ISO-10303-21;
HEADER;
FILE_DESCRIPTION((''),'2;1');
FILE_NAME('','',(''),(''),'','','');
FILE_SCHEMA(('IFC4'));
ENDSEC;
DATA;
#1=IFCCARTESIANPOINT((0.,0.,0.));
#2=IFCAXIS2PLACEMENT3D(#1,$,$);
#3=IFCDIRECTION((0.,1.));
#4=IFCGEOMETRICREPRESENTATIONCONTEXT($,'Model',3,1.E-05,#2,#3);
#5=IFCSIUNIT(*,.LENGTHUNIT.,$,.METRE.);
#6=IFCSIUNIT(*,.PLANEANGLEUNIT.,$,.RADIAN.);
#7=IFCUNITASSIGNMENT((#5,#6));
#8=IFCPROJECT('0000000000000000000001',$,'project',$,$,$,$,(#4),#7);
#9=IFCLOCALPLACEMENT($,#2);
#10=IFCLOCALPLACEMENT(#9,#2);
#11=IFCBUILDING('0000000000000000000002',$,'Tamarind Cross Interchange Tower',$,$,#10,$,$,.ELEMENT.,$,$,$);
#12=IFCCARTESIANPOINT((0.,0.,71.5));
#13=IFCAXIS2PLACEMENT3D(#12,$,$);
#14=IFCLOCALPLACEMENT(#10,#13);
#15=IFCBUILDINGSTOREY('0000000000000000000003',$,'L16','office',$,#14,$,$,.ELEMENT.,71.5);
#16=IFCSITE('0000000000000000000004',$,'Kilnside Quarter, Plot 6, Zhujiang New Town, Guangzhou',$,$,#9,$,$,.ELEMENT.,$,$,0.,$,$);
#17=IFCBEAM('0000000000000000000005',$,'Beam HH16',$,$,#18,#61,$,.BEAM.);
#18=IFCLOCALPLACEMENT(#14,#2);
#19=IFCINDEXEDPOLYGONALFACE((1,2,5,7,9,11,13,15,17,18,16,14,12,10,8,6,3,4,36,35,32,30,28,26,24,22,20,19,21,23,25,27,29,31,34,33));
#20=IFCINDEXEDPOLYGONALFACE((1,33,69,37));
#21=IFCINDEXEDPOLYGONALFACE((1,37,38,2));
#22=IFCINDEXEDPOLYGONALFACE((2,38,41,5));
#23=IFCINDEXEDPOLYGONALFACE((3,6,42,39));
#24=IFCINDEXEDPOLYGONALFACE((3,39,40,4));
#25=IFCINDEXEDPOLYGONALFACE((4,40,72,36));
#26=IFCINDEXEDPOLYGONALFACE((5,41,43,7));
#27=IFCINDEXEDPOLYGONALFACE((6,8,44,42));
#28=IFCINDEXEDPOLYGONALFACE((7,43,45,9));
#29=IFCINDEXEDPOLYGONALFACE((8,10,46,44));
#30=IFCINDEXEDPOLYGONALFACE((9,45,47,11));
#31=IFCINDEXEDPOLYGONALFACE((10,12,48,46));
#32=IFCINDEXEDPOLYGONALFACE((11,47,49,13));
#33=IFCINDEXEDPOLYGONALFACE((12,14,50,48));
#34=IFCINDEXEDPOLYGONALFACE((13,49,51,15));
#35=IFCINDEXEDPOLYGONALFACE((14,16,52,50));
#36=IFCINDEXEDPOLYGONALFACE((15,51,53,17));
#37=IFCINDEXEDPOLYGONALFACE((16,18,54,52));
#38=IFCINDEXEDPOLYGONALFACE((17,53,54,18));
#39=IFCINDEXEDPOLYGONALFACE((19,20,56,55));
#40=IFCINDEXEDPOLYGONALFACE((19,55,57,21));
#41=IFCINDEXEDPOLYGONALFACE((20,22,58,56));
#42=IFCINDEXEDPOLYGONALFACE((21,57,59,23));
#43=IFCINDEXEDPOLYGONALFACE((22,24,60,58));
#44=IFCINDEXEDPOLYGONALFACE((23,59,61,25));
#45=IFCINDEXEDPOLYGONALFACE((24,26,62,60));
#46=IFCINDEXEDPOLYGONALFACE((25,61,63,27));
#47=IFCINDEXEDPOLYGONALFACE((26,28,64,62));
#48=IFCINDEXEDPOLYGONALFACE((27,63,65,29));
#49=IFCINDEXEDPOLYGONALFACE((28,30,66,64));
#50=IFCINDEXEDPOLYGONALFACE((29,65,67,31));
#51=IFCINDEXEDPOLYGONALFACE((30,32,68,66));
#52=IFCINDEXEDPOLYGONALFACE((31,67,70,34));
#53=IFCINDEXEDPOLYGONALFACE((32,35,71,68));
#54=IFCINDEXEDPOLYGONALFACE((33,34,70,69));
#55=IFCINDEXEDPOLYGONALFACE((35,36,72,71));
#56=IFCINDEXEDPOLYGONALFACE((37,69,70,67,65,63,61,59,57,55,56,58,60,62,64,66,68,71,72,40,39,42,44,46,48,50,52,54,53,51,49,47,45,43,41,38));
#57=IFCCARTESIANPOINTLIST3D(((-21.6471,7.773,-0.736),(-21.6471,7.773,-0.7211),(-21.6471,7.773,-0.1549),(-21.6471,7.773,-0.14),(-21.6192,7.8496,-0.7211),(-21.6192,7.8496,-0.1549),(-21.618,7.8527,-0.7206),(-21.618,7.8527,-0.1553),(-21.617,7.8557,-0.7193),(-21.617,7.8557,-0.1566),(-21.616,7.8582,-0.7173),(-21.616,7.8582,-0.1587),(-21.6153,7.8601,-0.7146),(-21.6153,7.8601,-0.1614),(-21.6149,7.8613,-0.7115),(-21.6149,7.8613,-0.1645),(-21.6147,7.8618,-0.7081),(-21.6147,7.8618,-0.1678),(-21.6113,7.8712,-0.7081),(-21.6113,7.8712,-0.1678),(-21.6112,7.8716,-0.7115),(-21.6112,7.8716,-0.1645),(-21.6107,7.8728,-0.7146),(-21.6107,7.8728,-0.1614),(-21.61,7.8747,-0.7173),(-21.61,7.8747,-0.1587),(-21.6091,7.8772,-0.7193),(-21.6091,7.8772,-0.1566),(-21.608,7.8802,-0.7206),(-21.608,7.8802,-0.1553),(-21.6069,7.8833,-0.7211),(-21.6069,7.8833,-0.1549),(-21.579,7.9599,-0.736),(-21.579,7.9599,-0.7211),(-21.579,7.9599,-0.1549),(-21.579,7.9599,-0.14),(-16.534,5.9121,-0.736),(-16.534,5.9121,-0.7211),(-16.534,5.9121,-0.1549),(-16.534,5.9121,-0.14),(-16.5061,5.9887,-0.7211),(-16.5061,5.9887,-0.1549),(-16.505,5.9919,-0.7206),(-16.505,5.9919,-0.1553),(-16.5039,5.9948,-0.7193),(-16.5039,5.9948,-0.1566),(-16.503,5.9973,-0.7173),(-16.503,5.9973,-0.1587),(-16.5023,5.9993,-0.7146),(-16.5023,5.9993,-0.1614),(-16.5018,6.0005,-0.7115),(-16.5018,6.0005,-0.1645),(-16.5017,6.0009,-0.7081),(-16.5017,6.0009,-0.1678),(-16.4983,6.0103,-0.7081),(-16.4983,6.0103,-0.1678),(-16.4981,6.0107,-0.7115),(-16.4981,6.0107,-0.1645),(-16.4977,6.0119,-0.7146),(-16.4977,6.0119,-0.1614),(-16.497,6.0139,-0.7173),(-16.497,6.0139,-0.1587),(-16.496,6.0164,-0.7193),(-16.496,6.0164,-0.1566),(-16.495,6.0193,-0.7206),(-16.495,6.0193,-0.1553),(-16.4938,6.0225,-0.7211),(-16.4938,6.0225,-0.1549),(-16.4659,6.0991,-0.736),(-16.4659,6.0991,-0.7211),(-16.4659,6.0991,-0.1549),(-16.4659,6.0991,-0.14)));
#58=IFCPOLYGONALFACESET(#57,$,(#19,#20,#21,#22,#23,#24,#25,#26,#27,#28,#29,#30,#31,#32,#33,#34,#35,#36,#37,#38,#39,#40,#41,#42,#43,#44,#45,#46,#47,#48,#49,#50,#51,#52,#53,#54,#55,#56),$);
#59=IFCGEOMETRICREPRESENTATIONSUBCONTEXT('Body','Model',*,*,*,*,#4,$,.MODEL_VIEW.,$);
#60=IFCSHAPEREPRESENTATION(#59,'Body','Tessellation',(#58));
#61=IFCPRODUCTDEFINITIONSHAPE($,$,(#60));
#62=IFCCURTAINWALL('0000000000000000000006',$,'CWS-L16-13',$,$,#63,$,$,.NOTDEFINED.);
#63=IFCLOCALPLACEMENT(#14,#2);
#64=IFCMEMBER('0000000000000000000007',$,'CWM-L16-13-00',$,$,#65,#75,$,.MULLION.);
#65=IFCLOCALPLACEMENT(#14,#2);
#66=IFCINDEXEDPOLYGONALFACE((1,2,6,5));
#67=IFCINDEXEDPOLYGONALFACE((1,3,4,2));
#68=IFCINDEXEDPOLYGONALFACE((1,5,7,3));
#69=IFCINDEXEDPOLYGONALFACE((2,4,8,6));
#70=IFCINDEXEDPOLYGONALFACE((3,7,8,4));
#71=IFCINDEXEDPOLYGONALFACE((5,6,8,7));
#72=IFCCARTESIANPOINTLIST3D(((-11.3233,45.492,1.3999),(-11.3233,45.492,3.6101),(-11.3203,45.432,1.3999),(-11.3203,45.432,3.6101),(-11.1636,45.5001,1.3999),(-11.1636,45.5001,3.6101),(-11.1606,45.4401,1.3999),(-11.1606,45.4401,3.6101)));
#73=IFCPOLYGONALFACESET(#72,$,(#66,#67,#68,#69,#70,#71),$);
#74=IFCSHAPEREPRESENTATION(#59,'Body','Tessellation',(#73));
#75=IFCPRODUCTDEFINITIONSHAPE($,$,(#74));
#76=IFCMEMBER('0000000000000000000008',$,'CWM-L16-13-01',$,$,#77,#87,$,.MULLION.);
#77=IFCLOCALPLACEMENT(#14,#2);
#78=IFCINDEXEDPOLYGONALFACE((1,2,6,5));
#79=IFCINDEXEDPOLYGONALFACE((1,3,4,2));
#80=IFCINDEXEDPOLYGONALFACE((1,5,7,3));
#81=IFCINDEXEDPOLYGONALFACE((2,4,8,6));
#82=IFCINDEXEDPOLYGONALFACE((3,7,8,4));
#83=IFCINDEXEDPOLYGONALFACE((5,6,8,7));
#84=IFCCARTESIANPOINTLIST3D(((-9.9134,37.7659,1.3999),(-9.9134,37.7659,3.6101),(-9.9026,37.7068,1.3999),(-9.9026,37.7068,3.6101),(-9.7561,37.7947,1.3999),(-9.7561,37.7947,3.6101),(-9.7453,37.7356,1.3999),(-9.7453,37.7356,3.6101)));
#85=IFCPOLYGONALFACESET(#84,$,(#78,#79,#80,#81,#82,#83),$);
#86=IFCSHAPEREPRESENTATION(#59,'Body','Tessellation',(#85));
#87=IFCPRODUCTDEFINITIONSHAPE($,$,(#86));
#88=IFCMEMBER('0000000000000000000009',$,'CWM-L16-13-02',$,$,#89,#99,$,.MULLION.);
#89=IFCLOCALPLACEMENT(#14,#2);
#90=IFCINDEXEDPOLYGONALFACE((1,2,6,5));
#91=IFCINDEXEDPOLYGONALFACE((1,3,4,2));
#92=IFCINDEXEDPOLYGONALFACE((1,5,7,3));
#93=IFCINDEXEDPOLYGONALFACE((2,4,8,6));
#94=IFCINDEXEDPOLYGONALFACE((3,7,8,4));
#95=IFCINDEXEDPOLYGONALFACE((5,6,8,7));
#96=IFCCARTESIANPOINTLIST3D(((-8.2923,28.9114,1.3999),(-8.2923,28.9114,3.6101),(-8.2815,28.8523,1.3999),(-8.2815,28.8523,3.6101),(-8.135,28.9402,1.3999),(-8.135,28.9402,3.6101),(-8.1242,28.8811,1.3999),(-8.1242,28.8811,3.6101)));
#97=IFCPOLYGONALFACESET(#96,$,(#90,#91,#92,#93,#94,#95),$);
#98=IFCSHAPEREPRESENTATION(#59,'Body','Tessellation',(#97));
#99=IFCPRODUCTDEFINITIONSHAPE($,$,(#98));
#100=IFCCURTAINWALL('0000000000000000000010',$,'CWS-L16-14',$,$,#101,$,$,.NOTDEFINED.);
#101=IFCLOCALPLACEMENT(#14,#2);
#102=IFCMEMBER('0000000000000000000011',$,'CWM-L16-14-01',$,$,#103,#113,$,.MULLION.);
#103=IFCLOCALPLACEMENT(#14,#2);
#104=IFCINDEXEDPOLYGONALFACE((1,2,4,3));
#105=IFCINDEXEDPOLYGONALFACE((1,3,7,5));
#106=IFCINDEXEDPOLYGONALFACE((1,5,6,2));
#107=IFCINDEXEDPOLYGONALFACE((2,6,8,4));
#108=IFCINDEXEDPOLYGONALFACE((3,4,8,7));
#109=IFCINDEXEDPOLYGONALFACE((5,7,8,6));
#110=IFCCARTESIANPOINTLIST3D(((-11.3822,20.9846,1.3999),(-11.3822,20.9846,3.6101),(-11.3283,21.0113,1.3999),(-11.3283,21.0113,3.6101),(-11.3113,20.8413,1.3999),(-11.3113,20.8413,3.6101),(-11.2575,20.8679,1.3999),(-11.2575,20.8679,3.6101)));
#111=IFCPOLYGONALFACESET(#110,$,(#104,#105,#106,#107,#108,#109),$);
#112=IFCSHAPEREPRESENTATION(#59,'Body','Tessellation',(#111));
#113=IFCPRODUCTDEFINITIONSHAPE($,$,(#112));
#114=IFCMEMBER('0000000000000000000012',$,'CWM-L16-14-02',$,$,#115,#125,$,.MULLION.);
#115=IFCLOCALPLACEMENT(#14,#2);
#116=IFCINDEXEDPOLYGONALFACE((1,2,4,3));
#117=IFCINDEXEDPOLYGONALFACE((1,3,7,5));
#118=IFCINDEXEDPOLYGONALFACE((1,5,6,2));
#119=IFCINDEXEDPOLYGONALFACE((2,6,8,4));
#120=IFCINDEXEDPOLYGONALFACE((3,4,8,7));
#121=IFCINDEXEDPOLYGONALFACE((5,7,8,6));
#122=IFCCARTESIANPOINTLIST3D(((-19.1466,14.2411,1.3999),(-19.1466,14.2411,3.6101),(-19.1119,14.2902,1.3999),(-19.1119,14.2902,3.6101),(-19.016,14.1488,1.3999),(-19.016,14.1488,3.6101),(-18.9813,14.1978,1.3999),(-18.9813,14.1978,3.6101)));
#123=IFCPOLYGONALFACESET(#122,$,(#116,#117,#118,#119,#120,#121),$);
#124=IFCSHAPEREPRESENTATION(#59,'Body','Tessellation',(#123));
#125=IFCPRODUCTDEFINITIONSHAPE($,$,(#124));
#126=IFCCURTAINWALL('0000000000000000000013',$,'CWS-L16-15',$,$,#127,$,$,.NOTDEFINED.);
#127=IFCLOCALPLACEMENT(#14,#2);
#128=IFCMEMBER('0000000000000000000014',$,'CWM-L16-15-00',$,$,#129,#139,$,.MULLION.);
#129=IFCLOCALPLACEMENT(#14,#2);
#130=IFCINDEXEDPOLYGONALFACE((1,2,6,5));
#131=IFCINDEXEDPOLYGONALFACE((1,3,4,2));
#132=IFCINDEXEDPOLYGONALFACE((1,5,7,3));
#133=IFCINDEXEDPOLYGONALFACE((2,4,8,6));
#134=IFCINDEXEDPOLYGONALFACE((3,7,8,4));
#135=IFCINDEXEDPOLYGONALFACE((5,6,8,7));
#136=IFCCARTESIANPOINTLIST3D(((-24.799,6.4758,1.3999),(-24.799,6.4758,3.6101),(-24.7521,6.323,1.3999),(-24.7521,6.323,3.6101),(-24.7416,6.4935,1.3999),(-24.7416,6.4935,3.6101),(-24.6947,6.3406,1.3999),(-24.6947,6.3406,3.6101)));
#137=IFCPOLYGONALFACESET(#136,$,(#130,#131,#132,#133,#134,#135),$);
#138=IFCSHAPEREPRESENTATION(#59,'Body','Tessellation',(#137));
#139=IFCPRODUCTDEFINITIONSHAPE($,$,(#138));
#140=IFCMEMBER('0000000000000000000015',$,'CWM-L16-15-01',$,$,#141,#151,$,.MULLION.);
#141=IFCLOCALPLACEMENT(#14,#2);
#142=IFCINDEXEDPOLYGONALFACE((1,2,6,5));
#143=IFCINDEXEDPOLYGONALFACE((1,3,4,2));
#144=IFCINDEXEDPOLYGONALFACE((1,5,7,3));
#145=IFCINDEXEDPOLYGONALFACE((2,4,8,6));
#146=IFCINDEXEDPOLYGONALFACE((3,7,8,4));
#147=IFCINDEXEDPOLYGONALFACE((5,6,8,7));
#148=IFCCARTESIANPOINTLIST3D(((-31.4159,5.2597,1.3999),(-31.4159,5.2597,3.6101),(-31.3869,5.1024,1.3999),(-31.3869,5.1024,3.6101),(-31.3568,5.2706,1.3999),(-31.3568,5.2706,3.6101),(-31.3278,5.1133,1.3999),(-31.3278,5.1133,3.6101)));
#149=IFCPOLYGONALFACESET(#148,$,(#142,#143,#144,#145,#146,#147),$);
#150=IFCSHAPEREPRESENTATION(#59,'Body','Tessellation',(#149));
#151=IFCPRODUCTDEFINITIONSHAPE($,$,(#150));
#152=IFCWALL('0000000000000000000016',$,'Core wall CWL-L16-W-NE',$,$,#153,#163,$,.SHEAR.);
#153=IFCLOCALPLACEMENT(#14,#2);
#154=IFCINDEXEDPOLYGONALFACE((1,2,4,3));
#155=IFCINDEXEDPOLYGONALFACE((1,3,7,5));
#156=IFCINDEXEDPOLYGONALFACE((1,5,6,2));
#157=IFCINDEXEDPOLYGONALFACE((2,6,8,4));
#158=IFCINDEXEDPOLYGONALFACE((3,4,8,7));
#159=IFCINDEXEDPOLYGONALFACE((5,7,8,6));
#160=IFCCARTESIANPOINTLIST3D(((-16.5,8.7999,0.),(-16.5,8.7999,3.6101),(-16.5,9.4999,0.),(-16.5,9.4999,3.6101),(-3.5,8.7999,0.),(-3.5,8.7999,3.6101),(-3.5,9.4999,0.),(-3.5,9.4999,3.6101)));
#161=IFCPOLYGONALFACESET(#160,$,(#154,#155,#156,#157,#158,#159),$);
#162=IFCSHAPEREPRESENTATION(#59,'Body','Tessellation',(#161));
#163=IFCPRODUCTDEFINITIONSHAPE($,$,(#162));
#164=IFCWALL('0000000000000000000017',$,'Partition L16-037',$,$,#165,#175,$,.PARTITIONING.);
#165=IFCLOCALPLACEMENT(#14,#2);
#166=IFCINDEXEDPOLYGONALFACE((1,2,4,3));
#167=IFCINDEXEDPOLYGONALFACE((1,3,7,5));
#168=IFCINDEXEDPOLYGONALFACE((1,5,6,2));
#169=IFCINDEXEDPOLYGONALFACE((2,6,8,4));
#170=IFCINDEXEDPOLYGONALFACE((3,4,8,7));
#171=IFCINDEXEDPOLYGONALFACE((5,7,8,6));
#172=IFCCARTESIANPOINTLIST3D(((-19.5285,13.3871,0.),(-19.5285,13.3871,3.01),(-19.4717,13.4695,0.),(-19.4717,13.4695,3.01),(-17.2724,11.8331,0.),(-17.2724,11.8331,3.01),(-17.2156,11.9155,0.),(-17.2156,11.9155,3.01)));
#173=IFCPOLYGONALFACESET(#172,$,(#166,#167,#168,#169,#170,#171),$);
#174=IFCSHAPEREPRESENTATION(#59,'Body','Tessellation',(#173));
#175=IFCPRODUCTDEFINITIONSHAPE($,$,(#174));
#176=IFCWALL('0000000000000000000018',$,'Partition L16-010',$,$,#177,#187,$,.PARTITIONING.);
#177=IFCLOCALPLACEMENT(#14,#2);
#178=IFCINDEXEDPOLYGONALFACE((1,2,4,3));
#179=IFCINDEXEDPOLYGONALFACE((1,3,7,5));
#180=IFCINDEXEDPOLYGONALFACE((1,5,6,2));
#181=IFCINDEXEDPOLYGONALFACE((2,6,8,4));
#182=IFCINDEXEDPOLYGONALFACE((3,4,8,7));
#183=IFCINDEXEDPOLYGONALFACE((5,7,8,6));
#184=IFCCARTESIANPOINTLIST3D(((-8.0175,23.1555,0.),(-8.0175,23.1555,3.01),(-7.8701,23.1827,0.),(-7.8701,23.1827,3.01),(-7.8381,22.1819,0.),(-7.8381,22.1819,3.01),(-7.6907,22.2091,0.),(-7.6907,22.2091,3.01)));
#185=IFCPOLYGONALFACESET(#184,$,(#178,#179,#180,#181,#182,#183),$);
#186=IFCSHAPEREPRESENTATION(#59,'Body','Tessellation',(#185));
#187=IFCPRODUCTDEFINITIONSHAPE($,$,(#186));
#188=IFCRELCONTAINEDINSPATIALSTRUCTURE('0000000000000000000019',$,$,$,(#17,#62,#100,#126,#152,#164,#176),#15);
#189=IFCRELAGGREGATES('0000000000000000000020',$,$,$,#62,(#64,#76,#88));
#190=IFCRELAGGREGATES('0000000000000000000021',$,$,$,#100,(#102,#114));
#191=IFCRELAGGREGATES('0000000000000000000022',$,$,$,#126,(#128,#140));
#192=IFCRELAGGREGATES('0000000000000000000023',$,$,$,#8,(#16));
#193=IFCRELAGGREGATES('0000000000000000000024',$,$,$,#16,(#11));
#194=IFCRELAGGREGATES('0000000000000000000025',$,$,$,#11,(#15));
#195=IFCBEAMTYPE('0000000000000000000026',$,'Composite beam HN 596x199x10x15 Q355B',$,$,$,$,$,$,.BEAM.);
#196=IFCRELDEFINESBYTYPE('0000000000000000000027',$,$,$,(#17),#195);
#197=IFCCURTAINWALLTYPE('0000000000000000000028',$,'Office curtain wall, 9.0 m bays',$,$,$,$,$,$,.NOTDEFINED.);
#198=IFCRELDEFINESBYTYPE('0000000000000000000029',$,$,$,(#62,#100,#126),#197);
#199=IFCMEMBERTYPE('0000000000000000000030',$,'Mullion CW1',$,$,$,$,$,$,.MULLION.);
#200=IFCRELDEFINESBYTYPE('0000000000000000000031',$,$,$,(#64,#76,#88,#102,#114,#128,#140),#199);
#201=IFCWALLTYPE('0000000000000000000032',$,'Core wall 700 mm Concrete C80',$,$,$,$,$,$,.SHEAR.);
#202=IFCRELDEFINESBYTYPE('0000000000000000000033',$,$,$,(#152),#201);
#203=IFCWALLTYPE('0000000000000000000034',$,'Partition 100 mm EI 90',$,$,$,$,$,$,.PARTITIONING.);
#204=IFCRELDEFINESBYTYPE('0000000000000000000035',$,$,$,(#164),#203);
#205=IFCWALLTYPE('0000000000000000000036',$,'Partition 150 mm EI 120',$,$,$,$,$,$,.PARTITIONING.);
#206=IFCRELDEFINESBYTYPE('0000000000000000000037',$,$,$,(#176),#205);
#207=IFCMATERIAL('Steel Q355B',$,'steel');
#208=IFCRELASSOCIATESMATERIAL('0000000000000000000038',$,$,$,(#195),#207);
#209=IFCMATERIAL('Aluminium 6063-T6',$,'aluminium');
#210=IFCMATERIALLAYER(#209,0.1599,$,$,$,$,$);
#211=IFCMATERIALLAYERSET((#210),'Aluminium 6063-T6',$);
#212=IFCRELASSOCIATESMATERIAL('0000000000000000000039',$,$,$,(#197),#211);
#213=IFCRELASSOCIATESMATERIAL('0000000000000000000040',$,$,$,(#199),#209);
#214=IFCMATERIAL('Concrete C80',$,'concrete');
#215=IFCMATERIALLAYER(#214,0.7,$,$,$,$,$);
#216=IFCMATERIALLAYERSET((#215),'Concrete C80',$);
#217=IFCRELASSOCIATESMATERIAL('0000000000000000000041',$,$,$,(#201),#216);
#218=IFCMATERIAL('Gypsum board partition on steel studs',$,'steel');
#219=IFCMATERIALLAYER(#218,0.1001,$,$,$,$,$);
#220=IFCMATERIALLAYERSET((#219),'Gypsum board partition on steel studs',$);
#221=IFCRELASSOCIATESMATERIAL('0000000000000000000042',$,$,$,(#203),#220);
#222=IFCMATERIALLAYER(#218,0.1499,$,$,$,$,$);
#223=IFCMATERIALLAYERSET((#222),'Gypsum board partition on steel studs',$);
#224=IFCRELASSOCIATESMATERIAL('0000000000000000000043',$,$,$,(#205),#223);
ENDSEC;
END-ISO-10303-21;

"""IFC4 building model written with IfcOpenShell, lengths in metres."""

from ifc_helpers import new_model, si_unit, direction, frame, frame_2d, origin, origin_2d, place, context, subcontext, project, spatial, rectangle, i_section, extrude, material, layer, layer_set, material_profile, profile_set, type_object, element, aggregate, save


model = new_model("IFC4")

# Units and contexts
model_context = context("Model", 3, precision=1e-05, world=origin(), true_north=direction((0.0, 1.0)))
body_context = subcontext(model_context, "Body", "Model", "MODEL_VIEW")
ifc_project = project(units=[si_unit("LENGTHUNIT", "METRE"), si_unit("PLANEANGLEUNIT", "RADIAN")], contexts=[model_context])

# Site, building, storey
site_placement = place(None, origin())
site = spatial("IfcSite", under=ifc_project, at=site_placement, Name="Kilnside Quarter, Plot 6, Zhujiang New Town, Guangzhou", CompositionType="ELEMENT", RefElevation=0.0)
building_placement = place(site_placement, origin())
building = spatial("IfcBuilding", under=site, at=building_placement, Name="Tamarind Cross Interchange Tower", CompositionType="ELEMENT")
storey_placement = place(building_placement, frame((0.0, 0.0, 71.5)))
storey = spatial("IfcBuildingStorey", under=building, at=storey_placement, Name="L16", Description="office", CompositionType="ELEMENT", Elevation=71.5)

# Beam
ifc_material_1 = material(Name="Steel Q355B", Category="steel")
ifc_material_profile_1 = material_profile(ifc_material_1, i_section(OverallWidth=0.199, OverallDepth=0.5959, WebThickness=0.01, FlangeThickness=0.0149, FilletRadius=0.0129, at=origin_2d()), Name="HN 596x199x10x15")
ifc_profile_set_1 = profile_set([ifc_material_profile_1], Name="Steel Q355B")
beam_type_1 = type_object("IfcBeamType", Name="Composite beam HN 596x199x10x15 Q355B", PredefinedType="BEAM", material=ifc_profile_set_1)
beam_1_placement = place(storey_placement, frame((-21.613, 7.8665, -0.438), z_axis=(0.939702, -0.341995, 0.0), x_axis=(0.341995, 0.939702, 0.0)))
element("IfcBeam", 1, at=beam_1_placement, inside=storey, type_object=beam_type_1, Name="Beam HH16", PredefinedType="BEAM", context=body_context, shape_type="SweptSolid", body=[
    extrude(i_section(OverallWidth=0.199, OverallDepth=0.5959, WebThickness=0.01, FlangeThickness=0.0149, FilletRadius=0.0129, at=origin_2d()), origin(), (0.0, 0.0, 1.0), 5.4412),
])

# Curtain walls, members
ifc_material_2 = material(Name="Aluminium 6063-T6", Category="aluminium")
ifc_layer_1 = layer(ifc_material_2, 0.1599)
ifc_layer_set_1 = layer_set([ifc_layer_1], Name="Aluminium 6063-T6")
curtain_wall_type = type_object("IfcCurtainWallType", Name="Office curtain wall, 9.0 m bays", PredefinedType="NOTDEFINED", material=ifc_layer_set_1)
curtain_wall_1_placement = place(storey_placement, origin())
curtain_wall_1 = element("IfcCurtainWall", 2, at=curtain_wall_1_placement, inside=storey, type_object=curtain_wall_type, Name="CWS-L16-13", PredefinedType="NOTDEFINED")
ifc_material_profile_2 = material_profile(ifc_material_2, rectangle(XDim=0.0601, YDim=0.1599, at=origin_2d()), Name="Mullion CW1")
ifc_profile_set_2 = profile_set([ifc_material_profile_2], Name="Aluminium 6063-T6")
member_type = type_object("IfcMemberType", Name="Mullion CW1", PredefinedType="MULLION", material=ifc_profile_set_2)
member_1_placement = place(storey_placement, frame((-11.2419, 45.4661, 1.3999), z_axis=(0.0, 0.0, 1.0), x_axis=(0.050791, -0.998709, 0.0)))
member_1 = element("IfcMember", 3, at=member_1_placement, type_object=member_type, Name="CWM-L16-13-00", PredefinedType="MULLION", context=body_context, shape_type="SweptSolid", body=[
    extrude(rectangle(XDim=0.0601, YDim=0.1599, at=origin_2d()), origin(), (0.0, 0.0, 1.0), 2.2102),
])
member_2_placement = place(storey_placement, frame((-9.8293, 37.7507, 1.3999), z_axis=(0.0, 0.0, 1.0), x_axis=(0.180086, -0.983651, 0.0)))
member_2 = element("IfcMember", 4, at=member_2_placement, type_object=member_type, Name="CWM-L16-13-01", PredefinedType="MULLION", context=body_context, shape_type="SweptSolid", body=[
    extrude(rectangle(XDim=0.0601, YDim=0.1599, at=origin_2d()), origin(), (0.0, 0.0, 1.0), 2.2102),
])
member_3_placement = place(storey_placement, frame((-8.2083, 28.8962, 1.3999), z_axis=(0.0, 0.0, 1.0), x_axis=(0.180086, -0.983651, 0.0)))
member_3 = element("IfcMember", 5, at=member_3_placement, type_object=member_type, Name="CWM-L16-13-02", PredefinedType="MULLION", context=body_context, shape_type="SweptSolid", body=[
    extrude(rectangle(XDim=0.0601, YDim=0.1599, at=origin_2d()), origin(), (0.0, 0.0, 1.0), 2.2102),
])
aggregate(curtain_wall_1, [member_1, member_2, member_3])
curtain_wall_2_placement = place(storey_placement, origin())
curtain_wall_2 = element("IfcCurtainWall", 6, at=curtain_wall_2_placement, inside=storey, type_object=curtain_wall_type, Name="CWS-L16-14", PredefinedType="NOTDEFINED")
member_4_placement = place(storey_placement, frame((-11.3198, 20.9263, 1.3999), z_axis=(0.0, 0.0, 1.0), x_axis=(-0.896493, -0.443059, 0.0)))
member_4 = element("IfcMember", 7, at=member_4_placement, type_object=member_type, Name="CWM-L16-14-01", PredefinedType="MULLION", context=body_context, shape_type="SweptSolid", body=[
    extrude(rectangle(XDim=0.0601, YDim=0.1599, at=origin_2d()), origin(), (0.0, 0.0, 1.0), 2.2102),
])
member_5_placement = place(storey_placement, frame((-19.064, 14.2195, 1.3999), z_axis=(0.0, 0.0, 1.0), x_axis=(-0.577569, -0.816342, 0.0)))
member_5 = element("IfcMember", 8, at=member_5_placement, type_object=member_type, Name="CWM-L16-14-02", PredefinedType="MULLION", context=body_context, shape_type="SweptSolid", body=[
    extrude(rectangle(XDim=0.0601, YDim=0.1599, at=origin_2d()), origin(), (0.0, 0.0, 1.0), 2.2102),
])
aggregate(curtain_wall_2, [member_4, member_5])
curtain_wall_3_placement = place(storey_placement, origin())
curtain_wall_3 = element("IfcCurtainWall", 9, at=curtain_wall_3_placement, inside=storey, type_object=curtain_wall_type, Name="CWS-L16-15", PredefinedType="NOTDEFINED")
member_6_placement = place(storey_placement, frame((-24.7468, 6.4082, 1.3999), z_axis=(0.0, 0.0, 1.0), x_axis=(-0.955989, -0.293403, 0.0)))
member_6 = element("IfcMember", 10, at=member_6_placement, type_object=member_type, Name="CWM-L16-15-00", PredefinedType="MULLION", context=body_context, shape_type="SweptSolid", body=[
    extrude(rectangle(XDim=0.0601, YDim=0.1599, at=origin_2d()), origin(), (0.0, 0.0, 1.0), 2.2102),
])
member_7_placement = place(storey_placement, frame((-31.3718, 5.1865, 1.3999), z_axis=(0.0, 0.0, 1.0), x_axis=(-0.98342, -0.181343, 0.0)))
member_7 = element("IfcMember", 11, at=member_7_placement, type_object=member_type, Name="CWM-L16-15-01", PredefinedType="MULLION", context=body_context, shape_type="SweptSolid", body=[
    extrude(rectangle(XDim=0.0601, YDim=0.1599, at=origin_2d()), origin(), (0.0, 0.0, 1.0), 2.2102),
])
aggregate(curtain_wall_3, [member_6, member_7])

# Walls
ifc_material_3 = material(Name="Concrete C80", Category="concrete")
ifc_layer_2 = layer(ifc_material_3, 0.7)
ifc_layer_set_2 = layer_set([ifc_layer_2], Name="Concrete C80")
wall_type_1 = type_object("IfcWallType", Name="Core wall 700 mm Concrete C80", PredefinedType="SHEAR", material=ifc_layer_set_2)
wall_1_placement = place(storey_placement, frame((-16.5, 9.1499, 0.0), z_axis=(0.0, 0.0, 1.0), x_axis=(1.0, 0.0, 0.0)))
element("IfcWall", 12, at=wall_1_placement, inside=storey, type_object=wall_type_1, Name="Core wall CWL-L16-W-NE", PredefinedType="SHEAR", context=body_context, shape_type="SweptSolid", body=[
    extrude(rectangle(XDim=13.0, YDim=0.7, at=frame_2d((6.5, 0.0))), origin(), (0.0, 0.0, 1.0), 3.6101),
])
ifc_material_4 = material(Name="Gypsum board partition on steel studs", Category="steel")
ifc_layer_3 = layer(ifc_material_4, 0.1001)
ifc_layer_set_3 = layer_set([ifc_layer_3], Name="Gypsum board partition on steel studs")
wall_type_2 = type_object("IfcWallType", Name="Partition 100 mm EI 90", PredefinedType="PARTITIONING", material=ifc_layer_set_3)
wall_2_placement = place(storey_placement, frame((-19.5, 13.4282, 0.0), z_axis=(0.0, 0.0, 1.0), x_axis=(0.82355, -0.567243, 0.0)))
element("IfcWall", 13, at=wall_2_placement, inside=storey, type_object=wall_type_2, Name="Partition L16-037", PredefinedType="PARTITIONING", context=body_context, shape_type="SweptSolid", body=[
    extrude(rectangle(XDim=2.7395, YDim=0.1001, at=frame_2d((1.3696, 0.0))), origin(), (0.0, 0.0, 1.0), 3.01),
])
ifc_layer_4 = layer(ifc_material_4, 0.1499)
ifc_layer_set_4 = layer_set([ifc_layer_4], Name="Gypsum board partition on steel studs")
wall_type_3 = type_object("IfcWallType", Name="Partition 150 mm EI 120", PredefinedType="PARTITIONING", material=ifc_layer_set_4)
wall_3_placement = place(storey_placement, frame((-7.9438, 23.1692, 0.0), z_axis=(0.0, 0.0, 1.0), x_axis=(0.18125, -0.983437, 0.0)))
element("IfcWall", 14, at=wall_3_placement, inside=storey, type_object=wall_type_3, Name="Partition L16-010", PredefinedType="PARTITIONING", context=body_context, shape_type="SweptSolid", body=[
    extrude(rectangle(XDim=0.99, YDim=0.1499, at=frame_2d((0.4951, 0.0))), origin(), (0.0, 0.0, 1.0), 3.01),
])

save(model, "model.ifc")
